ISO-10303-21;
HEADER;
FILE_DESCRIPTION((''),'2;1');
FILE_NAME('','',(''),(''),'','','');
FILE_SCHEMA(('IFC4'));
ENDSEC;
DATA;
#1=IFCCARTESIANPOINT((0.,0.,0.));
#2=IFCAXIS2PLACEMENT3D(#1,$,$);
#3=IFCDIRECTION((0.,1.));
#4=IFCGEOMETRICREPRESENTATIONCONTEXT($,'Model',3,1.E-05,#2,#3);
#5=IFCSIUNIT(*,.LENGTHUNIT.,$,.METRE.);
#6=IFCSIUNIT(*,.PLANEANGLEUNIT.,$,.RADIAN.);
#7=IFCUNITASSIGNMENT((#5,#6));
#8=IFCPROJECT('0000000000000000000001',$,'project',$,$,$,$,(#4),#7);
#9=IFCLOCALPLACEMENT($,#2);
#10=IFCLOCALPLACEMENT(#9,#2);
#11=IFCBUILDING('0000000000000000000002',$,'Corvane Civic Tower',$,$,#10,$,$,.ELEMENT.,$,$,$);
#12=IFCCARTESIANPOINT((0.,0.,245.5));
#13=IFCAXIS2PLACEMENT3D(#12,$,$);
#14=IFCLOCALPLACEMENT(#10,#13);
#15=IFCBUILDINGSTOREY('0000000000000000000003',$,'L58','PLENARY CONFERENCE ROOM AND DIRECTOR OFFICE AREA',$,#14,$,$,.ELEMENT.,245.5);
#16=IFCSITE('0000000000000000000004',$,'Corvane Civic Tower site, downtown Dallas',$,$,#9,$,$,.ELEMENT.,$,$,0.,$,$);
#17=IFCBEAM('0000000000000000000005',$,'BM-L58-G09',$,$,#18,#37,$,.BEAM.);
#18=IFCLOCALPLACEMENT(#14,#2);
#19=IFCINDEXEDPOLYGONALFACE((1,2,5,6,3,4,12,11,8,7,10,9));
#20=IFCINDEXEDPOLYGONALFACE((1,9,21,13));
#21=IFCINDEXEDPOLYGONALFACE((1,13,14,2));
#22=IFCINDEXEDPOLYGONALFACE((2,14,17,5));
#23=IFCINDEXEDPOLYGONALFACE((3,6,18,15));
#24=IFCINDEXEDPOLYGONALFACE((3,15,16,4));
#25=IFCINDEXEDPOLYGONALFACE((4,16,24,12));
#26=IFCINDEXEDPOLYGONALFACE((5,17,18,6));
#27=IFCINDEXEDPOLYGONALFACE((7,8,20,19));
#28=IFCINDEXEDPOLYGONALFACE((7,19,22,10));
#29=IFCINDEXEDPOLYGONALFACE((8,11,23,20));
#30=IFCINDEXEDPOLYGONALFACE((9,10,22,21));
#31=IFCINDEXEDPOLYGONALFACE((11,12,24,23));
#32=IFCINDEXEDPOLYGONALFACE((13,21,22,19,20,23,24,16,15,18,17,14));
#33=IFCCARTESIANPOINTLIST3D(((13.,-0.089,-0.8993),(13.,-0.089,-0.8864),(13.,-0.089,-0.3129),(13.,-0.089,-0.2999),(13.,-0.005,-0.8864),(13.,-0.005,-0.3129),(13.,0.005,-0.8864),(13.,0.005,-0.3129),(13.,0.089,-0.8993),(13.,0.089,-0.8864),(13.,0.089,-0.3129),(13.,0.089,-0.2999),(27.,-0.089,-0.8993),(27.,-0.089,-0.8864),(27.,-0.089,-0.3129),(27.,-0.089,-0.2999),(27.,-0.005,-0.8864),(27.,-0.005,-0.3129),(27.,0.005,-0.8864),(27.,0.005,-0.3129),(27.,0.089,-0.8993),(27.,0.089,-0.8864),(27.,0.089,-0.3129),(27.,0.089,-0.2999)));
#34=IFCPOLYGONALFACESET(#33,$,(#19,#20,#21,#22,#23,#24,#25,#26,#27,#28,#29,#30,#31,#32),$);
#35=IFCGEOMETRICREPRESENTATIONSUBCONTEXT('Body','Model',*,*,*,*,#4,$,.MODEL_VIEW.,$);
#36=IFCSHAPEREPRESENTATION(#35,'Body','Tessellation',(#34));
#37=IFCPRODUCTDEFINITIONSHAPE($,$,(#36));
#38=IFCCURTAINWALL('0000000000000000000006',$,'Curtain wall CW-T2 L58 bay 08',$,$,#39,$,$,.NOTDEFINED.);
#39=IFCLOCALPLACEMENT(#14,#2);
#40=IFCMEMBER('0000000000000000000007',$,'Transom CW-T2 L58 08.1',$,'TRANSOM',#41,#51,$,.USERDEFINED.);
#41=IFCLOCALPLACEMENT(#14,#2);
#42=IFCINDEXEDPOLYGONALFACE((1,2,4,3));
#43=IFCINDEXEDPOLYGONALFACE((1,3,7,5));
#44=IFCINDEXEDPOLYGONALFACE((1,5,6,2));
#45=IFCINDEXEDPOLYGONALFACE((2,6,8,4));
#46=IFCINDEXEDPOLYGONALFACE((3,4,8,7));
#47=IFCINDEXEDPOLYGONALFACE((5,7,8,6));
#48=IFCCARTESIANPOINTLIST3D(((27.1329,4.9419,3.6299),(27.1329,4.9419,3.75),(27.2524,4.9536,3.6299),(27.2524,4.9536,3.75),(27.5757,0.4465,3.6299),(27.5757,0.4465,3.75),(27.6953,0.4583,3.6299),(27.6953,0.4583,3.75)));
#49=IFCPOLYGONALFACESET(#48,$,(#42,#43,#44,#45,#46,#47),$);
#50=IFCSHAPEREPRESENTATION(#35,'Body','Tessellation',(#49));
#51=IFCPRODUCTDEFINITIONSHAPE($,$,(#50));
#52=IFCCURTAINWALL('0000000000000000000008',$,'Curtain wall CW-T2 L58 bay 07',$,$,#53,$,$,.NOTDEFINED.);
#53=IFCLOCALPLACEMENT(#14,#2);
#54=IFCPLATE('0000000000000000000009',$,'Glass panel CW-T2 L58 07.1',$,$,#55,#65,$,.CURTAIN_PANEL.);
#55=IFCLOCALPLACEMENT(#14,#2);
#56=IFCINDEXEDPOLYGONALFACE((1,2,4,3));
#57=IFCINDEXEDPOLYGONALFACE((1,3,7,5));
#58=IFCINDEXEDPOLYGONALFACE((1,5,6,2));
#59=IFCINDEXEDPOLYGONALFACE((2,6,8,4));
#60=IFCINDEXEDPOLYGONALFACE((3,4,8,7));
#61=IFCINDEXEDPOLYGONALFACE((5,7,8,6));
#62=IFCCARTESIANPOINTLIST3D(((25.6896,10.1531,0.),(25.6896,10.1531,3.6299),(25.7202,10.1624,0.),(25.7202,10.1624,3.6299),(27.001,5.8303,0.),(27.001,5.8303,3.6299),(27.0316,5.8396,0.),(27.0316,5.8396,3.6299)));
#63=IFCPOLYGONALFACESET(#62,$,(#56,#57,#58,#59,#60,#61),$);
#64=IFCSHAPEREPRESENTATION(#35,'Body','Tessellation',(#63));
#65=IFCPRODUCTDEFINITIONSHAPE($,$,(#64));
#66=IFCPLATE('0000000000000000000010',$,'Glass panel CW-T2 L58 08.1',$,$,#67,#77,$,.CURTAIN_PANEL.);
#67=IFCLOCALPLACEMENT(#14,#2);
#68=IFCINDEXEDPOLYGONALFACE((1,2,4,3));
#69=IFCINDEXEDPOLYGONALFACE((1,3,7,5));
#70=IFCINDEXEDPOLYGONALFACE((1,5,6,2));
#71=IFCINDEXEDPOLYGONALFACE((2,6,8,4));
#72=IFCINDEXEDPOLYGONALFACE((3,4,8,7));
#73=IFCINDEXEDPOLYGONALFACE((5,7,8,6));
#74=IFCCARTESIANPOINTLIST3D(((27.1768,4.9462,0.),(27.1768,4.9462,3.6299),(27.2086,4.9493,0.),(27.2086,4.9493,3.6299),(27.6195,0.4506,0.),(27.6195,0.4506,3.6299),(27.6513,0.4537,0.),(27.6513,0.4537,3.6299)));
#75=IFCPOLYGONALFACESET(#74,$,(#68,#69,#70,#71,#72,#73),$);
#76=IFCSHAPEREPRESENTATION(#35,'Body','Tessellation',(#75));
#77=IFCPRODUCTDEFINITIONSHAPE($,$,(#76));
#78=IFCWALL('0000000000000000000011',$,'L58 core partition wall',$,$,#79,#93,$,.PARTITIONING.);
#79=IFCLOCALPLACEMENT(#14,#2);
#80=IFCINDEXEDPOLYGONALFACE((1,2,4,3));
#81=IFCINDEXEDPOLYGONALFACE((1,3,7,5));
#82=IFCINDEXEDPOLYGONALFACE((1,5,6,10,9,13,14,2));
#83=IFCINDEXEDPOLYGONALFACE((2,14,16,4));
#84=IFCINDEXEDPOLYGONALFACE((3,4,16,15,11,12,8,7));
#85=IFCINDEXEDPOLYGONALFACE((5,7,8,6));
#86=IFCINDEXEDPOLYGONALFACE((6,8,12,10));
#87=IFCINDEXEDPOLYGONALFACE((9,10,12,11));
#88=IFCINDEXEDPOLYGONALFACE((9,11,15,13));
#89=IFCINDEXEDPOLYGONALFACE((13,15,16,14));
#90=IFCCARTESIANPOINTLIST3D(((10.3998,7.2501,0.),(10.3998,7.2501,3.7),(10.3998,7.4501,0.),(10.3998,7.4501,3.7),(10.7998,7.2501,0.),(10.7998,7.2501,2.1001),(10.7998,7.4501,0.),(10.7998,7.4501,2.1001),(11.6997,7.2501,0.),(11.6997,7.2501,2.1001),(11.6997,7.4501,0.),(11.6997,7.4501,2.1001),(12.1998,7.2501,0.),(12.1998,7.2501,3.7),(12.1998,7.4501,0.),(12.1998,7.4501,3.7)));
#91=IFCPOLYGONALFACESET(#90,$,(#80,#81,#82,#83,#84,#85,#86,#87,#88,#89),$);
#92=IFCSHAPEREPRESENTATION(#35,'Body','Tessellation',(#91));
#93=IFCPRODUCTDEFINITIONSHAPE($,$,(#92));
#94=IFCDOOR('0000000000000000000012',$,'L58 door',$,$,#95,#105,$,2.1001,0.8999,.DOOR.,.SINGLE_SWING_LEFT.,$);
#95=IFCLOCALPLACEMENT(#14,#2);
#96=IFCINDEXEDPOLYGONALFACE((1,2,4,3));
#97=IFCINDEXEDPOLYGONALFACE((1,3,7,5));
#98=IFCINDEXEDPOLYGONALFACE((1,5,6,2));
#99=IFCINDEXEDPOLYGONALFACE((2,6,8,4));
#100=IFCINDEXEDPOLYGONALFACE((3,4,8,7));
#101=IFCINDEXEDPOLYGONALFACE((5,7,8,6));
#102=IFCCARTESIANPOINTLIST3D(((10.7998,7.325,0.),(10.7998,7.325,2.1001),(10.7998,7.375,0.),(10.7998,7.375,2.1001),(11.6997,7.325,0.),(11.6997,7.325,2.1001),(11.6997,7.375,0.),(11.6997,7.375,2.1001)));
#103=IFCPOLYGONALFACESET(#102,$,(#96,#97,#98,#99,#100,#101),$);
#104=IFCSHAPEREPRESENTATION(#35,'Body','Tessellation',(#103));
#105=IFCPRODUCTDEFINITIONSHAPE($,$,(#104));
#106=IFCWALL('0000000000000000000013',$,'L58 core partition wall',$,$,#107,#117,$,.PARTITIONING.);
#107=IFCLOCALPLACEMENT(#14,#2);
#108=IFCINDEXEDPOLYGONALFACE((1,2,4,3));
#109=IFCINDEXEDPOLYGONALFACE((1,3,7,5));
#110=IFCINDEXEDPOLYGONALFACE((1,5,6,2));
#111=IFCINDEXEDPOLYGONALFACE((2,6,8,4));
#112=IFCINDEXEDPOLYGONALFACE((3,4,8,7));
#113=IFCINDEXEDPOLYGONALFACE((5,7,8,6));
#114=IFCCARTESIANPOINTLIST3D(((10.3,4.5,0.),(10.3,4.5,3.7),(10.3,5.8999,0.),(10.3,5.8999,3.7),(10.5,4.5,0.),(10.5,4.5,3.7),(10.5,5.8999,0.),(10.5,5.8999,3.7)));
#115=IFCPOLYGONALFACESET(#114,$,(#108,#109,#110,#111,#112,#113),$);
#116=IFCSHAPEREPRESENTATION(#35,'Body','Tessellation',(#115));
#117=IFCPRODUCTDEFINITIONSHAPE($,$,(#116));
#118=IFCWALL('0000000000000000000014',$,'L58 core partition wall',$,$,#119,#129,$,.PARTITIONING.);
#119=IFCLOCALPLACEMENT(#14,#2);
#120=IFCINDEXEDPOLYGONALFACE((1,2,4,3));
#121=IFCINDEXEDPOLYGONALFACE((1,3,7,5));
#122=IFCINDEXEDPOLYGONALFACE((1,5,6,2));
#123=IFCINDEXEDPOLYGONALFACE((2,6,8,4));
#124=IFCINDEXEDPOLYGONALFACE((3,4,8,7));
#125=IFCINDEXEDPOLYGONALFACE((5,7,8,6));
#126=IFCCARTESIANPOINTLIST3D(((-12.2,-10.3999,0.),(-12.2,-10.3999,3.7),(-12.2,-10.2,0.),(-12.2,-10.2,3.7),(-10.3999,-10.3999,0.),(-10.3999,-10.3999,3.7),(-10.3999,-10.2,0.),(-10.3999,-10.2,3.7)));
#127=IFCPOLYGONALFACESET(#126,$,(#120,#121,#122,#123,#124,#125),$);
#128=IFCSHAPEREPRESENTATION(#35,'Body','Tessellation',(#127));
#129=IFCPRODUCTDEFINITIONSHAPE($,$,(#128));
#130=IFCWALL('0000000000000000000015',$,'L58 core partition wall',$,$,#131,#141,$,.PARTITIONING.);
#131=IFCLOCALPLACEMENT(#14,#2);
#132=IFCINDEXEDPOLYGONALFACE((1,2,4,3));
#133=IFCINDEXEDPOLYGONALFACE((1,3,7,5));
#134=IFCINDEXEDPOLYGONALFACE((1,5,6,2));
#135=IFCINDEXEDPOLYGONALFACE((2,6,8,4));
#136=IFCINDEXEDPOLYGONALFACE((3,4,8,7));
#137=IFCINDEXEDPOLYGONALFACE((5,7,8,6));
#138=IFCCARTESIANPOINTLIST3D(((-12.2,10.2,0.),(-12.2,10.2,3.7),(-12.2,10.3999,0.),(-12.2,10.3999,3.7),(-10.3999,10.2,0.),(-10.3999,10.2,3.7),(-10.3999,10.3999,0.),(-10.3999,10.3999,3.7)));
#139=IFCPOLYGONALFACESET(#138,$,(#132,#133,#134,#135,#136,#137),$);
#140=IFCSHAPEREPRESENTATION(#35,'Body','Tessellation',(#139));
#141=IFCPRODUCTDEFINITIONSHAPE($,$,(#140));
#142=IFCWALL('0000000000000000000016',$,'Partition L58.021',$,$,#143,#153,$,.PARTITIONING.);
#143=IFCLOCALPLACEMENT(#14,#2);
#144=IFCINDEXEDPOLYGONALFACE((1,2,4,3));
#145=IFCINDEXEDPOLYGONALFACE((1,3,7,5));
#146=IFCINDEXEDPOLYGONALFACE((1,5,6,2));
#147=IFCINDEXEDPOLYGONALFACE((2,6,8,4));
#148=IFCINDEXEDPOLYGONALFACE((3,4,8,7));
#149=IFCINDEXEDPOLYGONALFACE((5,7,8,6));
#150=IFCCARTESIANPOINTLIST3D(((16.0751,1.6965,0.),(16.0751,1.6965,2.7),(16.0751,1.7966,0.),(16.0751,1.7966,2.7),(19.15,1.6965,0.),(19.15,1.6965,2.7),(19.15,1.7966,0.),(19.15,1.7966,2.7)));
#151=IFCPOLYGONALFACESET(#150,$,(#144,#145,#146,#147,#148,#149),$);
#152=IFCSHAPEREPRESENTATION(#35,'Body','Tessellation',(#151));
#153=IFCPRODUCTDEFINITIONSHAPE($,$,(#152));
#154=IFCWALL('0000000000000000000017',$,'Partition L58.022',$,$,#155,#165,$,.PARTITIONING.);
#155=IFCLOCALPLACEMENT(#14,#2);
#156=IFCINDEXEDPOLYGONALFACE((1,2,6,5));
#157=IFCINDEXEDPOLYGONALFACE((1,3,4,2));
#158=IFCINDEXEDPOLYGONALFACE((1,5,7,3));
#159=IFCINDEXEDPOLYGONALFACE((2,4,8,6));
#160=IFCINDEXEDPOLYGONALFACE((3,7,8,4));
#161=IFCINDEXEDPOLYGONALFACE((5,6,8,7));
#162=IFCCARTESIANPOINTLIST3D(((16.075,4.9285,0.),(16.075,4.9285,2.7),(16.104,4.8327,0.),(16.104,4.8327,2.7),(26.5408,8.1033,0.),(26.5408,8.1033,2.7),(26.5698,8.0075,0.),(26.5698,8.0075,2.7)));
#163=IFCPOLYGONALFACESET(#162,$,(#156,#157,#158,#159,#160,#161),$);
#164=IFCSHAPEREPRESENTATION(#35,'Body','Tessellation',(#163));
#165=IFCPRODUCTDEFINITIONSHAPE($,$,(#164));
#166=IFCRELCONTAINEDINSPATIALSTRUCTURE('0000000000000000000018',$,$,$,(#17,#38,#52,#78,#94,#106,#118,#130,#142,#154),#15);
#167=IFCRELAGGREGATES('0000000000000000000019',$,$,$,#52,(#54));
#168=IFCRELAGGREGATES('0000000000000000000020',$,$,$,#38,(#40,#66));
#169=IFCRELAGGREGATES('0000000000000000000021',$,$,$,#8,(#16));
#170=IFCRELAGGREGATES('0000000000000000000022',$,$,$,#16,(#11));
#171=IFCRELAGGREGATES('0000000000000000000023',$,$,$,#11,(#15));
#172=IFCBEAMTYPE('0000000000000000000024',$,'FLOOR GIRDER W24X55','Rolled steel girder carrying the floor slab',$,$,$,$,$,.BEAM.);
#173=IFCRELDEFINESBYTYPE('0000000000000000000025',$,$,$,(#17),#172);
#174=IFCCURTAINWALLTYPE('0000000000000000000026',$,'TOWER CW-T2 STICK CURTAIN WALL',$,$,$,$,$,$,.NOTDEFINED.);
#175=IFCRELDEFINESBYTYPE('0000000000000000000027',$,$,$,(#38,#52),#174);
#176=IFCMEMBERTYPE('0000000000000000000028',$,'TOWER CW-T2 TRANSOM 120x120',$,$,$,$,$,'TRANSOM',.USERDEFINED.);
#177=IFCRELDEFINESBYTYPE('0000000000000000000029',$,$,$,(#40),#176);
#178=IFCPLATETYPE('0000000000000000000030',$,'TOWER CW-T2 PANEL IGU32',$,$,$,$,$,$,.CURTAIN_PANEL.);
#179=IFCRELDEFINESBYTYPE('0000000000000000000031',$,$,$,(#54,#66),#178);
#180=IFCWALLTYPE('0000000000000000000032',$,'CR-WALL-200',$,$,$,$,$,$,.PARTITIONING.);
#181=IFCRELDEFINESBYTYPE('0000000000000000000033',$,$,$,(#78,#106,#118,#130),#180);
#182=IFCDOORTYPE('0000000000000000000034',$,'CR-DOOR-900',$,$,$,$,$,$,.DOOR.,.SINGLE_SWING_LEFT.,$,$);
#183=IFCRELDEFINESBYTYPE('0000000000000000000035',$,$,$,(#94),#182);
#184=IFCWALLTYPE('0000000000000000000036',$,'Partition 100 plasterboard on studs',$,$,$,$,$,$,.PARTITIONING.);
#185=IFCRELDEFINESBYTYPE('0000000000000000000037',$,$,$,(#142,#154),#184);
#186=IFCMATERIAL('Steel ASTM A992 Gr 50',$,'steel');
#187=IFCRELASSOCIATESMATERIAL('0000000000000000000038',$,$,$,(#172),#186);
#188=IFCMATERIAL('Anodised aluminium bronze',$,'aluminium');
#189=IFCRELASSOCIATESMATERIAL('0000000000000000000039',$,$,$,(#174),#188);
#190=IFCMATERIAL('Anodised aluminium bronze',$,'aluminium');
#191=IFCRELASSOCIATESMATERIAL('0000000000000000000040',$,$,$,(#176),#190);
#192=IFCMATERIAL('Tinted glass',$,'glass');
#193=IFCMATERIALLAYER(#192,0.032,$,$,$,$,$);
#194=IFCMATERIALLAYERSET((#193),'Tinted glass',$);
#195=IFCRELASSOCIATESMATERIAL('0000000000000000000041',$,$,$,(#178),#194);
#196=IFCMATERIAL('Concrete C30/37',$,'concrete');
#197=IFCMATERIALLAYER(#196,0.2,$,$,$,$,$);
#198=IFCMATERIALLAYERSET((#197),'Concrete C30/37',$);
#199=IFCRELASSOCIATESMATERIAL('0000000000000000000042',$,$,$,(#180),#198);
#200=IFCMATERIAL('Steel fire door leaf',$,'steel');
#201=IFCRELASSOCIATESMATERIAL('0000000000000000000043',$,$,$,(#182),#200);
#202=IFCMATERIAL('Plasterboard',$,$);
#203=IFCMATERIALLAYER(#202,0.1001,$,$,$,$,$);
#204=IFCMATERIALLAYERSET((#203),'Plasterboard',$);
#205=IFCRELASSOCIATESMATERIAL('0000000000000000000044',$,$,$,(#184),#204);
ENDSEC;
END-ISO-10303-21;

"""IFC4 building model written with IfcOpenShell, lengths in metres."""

from ifc_helpers import new_model, si_unit, direction, frame, frame_2d, origin, origin_2d, place, context, subcontext, project, spatial, polyline, rectangle, i_section, outline, extrude, material, layer, layer_set, material_profile, profile_set, type_object, element, fill, aggregate, save


model = new_model("IFC4")

# Units and contexts
model_context = context("Model", 3, precision=1e-05, world=origin(), true_north=direction((0.0, 1.0)))
body_context = subcontext(model_context, "Body", "Model", "MODEL_VIEW")
ifc_project = project(units=[si_unit("LENGTHUNIT", "METRE"), si_unit("PLANEANGLEUNIT", "RADIAN")], contexts=[model_context])

# Site, building, storey
site_placement = place(None, origin())
site = spatial("IfcSite", under=ifc_project, at=site_placement, Name="Corvane Civic Tower site, downtown Dallas", CompositionType="ELEMENT", RefElevation=0.0)
building_placement = place(site_placement, origin())
building = spatial("IfcBuilding", under=site, at=building_placement, Name="Corvane Civic Tower", CompositionType="ELEMENT")
storey_placement = place(building_placement, frame((0.0, 0.0, 245.5)))
storey = spatial("IfcBuildingStorey", under=building, at=storey_placement, Name="L58", Description="PLENARY CONFERENCE ROOM AND DIRECTOR OFFICE AREA", CompositionType="ELEMENT", Elevation=245.5)

# Beam
ifc_material_1 = material(Name="Steel ASTM A992 Gr 50", Category="steel")
ifc_material_profile_1 = material_profile(ifc_material_1, i_section(OverallWidth=0.178, OverallDepth=0.5994, WebThickness=0.01, FlangeThickness=0.0129, at=origin_2d()), Name="W24X55")
ifc_profile_set_1 = profile_set([ifc_material_profile_1], Name="Steel ASTM A992 Gr 50")
beam_type_1 = type_object("IfcBeamType", Name="FLOOR GIRDER W24X55", Description="Rolled steel girder carrying the floor slab", PredefinedType="BEAM", material=ifc_profile_set_1)
beam_1_placement = place(storey_placement, frame((13.0, 0.0, -0.5996), z_axis=(1.0, 0.0, 0.0), x_axis=(0.0, 1.0, 0.0)))
element("IfcBeam", 1, at=beam_1_placement, inside=storey, type_object=beam_type_1, Name="BM-L58-G09", PredefinedType="BEAM", context=body_context, shape_type="SweptSolid", body=[
    extrude(i_section(OverallWidth=0.178, OverallDepth=0.5994, WebThickness=0.01, FlangeThickness=0.0129, at=origin_2d()), origin(), (0.0, 0.0, 1.0), 14.0),
])

# Curtain wall, member
ifc_material_2 = material(Name="Anodised aluminium bronze", Category="aluminium")
curtain_wall_type = type_object("IfcCurtainWallType", Name="TOWER CW-T2 STICK CURTAIN WALL", PredefinedType="NOTDEFINED", material=ifc_material_2)
curtain_wall_1_placement = place(storey_placement, origin())
curtain_wall_1 = element("IfcCurtainWall", 2, at=curtain_wall_1_placement, inside=storey, type_object=curtain_wall_type, Name="Curtain wall CW-T2 L58 bay 08", PredefinedType="NOTDEFINED")
ifc_material_3 = material(Name="Anodised aluminium bronze", Category="aluminium")
ifc_material_profile_2 = material_profile(ifc_material_3, rectangle(XDim=0.1201, YDim=0.1201, at=origin_2d()), Name="TOWER CW-T2 TRANSOM 120x120")
ifc_profile_set_2 = profile_set([ifc_material_profile_2], Name="Anodised aluminium bronze")
member_type = type_object("IfcMemberType", Name="TOWER CW-T2 TRANSOM 120x120", ElementType="TRANSOM", PredefinedType="USERDEFINED", material=ifc_profile_set_2)
member_placement = place(storey_placement, frame((27.1926, 4.9478, 3.6899), z_axis=(0.098043, -0.995182, 0.0), x_axis=(0.995182, 0.098043, 0.0)))
member = element("IfcMember", 3, at=member_placement, type_object=member_type, Name="Transom CW-T2 L58 08.1", ObjectType="TRANSOM", PredefinedType="USERDEFINED", context=body_context, shape_type="SweptSolid", body=[
    extrude(rectangle(XDim=0.1201, YDim=0.1201, at=origin_2d()), origin(), (0.0, 0.0, 1.0), 4.5171),
])

# Curtain wall, plate
curtain_wall_2_placement = place(storey_placement, origin())
curtain_wall_2 = element("IfcCurtainWall", 4, at=curtain_wall_2_placement, inside=storey, type_object=curtain_wall_type, Name="Curtain wall CW-T2 L58 bay 07", PredefinedType="NOTDEFINED")
ifc_material_4 = material(Name="Tinted glass", Category="glass")
ifc_layer_1 = layer(ifc_material_4, 0.032)
ifc_layer_set_1 = layer_set([ifc_layer_1], Name="Tinted glass")
plate_type = type_object("IfcPlateType", Name="TOWER CW-T2 PANEL IGU32", PredefinedType="CURTAIN_PANEL", material=ifc_layer_set_1)
plate_1_placement = place(storey_placement, frame((26.3606, 7.9963, 0.0), z_axis=(0.0, 0.0, 1.0), x_axis=(0.29029, -0.956939, 0.0)))
plate_1 = element("IfcPlate", 5, at=plate_1_placement, type_object=plate_type, Name="Glass panel CW-T2 L58 07.1", PredefinedType="CURTAIN_PANEL", context=body_context, shape_type="SweptSolid", body=[
    extrude(rectangle(XDim=4.5173, YDim=0.032, at=origin_2d()), origin(), (0.0, 0.0, 1.0), 3.6299),
])
aggregate(curtain_wall_2, [plate_1])

# Plate
plate_2_placement = place(storey_placement, frame((27.4141, 2.7, 0.0), z_axis=(0.0, 0.0, 1.0), x_axis=(0.097993, -0.995187, 0.0)))
plate_2 = element("IfcPlate", 6, at=plate_2_placement, type_object=plate_type, Name="Glass panel CW-T2 L58 08.1", PredefinedType="CURTAIN_PANEL", context=body_context, shape_type="SweptSolid", body=[
    extrude(rectangle(XDim=4.5173, YDim=0.032, at=origin_2d()), origin(), (0.0, 0.0, 1.0), 3.6299),
])
aggregate(curtain_wall_1, [member, plate_2])

# Wall, opening, door
ifc_material_5 = material(Name="Concrete C30/37", Category="concrete")
ifc_layer_2 = layer(ifc_material_5, 0.2)
ifc_layer_set_2 = layer_set([ifc_layer_2], Name="Concrete C30/37")
wall_type_1 = type_object("IfcWallType", Name="CR-WALL-200", PredefinedType="PARTITIONING", material=ifc_layer_set_2)
wall_1_placement = place(storey_placement, frame((10.3999, 7.3501, 0.0), z_axis=(0.0, 0.0, 1.0), x_axis=(1.0, 0.0, 0.0)))
wall_1 = element("IfcWall", 7, at=wall_1_placement, inside=storey, type_object=wall_type_1, Name="L58 core partition wall", PredefinedType="PARTITIONING", context=body_context, shape_type="SweptSolid", body=[
    extrude(rectangle(XDim=1.8, YDim=0.2, at=frame_2d((0.8999, 0.0))), origin(), (0.0, 0.0, 1.0), 3.7),
])
opening_1_placement = place(wall_1_placement, frame((0.3999, 0.0, 0.0)))
opening_1 = element("IfcOpeningElement", 8, at=opening_1_placement, cuts=wall_1, PredefinedType="OPENING", context=body_context, shape_type="SweptSolid", body=[
    extrude(rectangle(XDim=0.8999, YDim=2.1001, at=frame_2d((0.45, 1.05))), frame((0.0, 0.1099, 0.0), z_axis=(0.0, -1.0, 0.0), x_axis=(1.0, 0.0, 0.0)), (0.0, 0.0, 1.0), 0.22),
])
ifc_material_6 = material(Name="Steel fire door leaf", Category="steel")
door_type_1 = type_object("IfcDoorType", Name="CR-DOOR-900", OperationType="SINGLE_SWING_LEFT", PredefinedType="DOOR", material=ifc_material_6)
door_1_placement = place(opening_1_placement, origin())
door_1 = element("IfcDoor", 9, at=door_1_placement, inside=storey, type_object=door_type_1, Name="L58 door", OperationType="SINGLE_SWING_LEFT", OverallHeight=2.1001, OverallWidth=0.8999, PredefinedType="DOOR", context=body_context, shape_type="SweptSolid", body=[
    extrude(rectangle(XDim=0.8999, YDim=2.1001, at=frame_2d((0.45, 1.05))), frame((0.0, 0.0249, 0.0), z_axis=(0.0, -1.0, 0.0), x_axis=(1.0, 0.0, 0.0)), (0.0, 0.0, 1.0), 0.05),
])
fill(opening_1, door_1)

# Walls
wall_2_placement = place(storey_placement, origin())
element("IfcWall", 10, at=wall_2_placement, inside=storey, type_object=wall_type_1, Name="L58 core partition wall", PredefinedType="PARTITIONING", context=body_context, shape_type="SweptSolid", body=[
    extrude(outline(polyline([(10.5, 4.5), (10.3, 4.5), (10.3, 5.8999), (10.5, 5.8999), (10.5, 4.5)])), origin(), (0.0, 0.0, 1.0), 3.7),
])
wall_3_placement = place(storey_placement, origin())
element("IfcWall", 11, at=wall_3_placement, inside=storey, type_object=wall_type_1, Name="L58 core partition wall", PredefinedType="PARTITIONING", context=body_context, shape_type="SweptSolid", body=[
    extrude(outline(polyline([(-10.3999, -10.3999), (-12.2, -10.3999), (-12.2, -10.2), (-10.3999, -10.2), (-10.3999, -10.3999)])), origin(), (0.0, 0.0, 1.0), 3.7),
])
wall_4_placement = place(storey_placement, origin())
element("IfcWall", 12, at=wall_4_placement, inside=storey, type_object=wall_type_1, Name="L58 core partition wall", PredefinedType="PARTITIONING", context=body_context, shape_type="SweptSolid", body=[
    extrude(outline(polyline([(-12.2, 10.2), (-12.2, 10.3999), (-10.3999, 10.3999), (-10.3999, 10.2), (-12.2, 10.2)])), origin(), (0.0, 0.0, 1.0), 3.7),
])
ifc_material_7 = material(Name="Plasterboard")
ifc_layer_3 = layer(ifc_material_7, 0.1001)
ifc_layer_set_3 = layer_set([ifc_layer_3], Name="Plasterboard")
wall_type_2 = type_object("IfcWallType", Name="Partition 100 plasterboard on studs", PredefinedType="PARTITIONING", material=ifc_layer_set_3)
wall_5_placement = place(storey_placement, frame((16.075, 1.7466, 0.0), z_axis=(0.0, 0.0, 1.0), x_axis=(1.0, 0.0, 0.0)))
element("IfcWall", 13, at=wall_5_placement, inside=storey, type_object=wall_type_2, Name="Partition L58.021", PredefinedType="PARTITIONING", context=body_context, shape_type="SweptSolid", body=[
    extrude(rectangle(XDim=3.075, YDim=0.1001, at=frame_2d((1.5376, 0.0))), origin(), (0.0, 0.0, 1.0), 2.7),
])
wall_6_placement = place(storey_placement, frame((16.0896, 4.8806, 0.0), z_axis=(0.0, 0.0, 1.0), x_axis=(0.95694, 0.290287, 0.0)))
element("IfcWall", 14, at=wall_6_placement, inside=storey, type_object=wall_type_2, Name="Partition L58.022", PredefinedType="PARTITIONING", context=body_context, shape_type="SweptSolid", body=[
    extrude(rectangle(XDim=10.9368, YDim=0.1001, at=frame_2d((5.4683, 0.0))), origin(), (0.0, 0.0, 1.0), 2.7),
])

save(model, "model.ifc")
